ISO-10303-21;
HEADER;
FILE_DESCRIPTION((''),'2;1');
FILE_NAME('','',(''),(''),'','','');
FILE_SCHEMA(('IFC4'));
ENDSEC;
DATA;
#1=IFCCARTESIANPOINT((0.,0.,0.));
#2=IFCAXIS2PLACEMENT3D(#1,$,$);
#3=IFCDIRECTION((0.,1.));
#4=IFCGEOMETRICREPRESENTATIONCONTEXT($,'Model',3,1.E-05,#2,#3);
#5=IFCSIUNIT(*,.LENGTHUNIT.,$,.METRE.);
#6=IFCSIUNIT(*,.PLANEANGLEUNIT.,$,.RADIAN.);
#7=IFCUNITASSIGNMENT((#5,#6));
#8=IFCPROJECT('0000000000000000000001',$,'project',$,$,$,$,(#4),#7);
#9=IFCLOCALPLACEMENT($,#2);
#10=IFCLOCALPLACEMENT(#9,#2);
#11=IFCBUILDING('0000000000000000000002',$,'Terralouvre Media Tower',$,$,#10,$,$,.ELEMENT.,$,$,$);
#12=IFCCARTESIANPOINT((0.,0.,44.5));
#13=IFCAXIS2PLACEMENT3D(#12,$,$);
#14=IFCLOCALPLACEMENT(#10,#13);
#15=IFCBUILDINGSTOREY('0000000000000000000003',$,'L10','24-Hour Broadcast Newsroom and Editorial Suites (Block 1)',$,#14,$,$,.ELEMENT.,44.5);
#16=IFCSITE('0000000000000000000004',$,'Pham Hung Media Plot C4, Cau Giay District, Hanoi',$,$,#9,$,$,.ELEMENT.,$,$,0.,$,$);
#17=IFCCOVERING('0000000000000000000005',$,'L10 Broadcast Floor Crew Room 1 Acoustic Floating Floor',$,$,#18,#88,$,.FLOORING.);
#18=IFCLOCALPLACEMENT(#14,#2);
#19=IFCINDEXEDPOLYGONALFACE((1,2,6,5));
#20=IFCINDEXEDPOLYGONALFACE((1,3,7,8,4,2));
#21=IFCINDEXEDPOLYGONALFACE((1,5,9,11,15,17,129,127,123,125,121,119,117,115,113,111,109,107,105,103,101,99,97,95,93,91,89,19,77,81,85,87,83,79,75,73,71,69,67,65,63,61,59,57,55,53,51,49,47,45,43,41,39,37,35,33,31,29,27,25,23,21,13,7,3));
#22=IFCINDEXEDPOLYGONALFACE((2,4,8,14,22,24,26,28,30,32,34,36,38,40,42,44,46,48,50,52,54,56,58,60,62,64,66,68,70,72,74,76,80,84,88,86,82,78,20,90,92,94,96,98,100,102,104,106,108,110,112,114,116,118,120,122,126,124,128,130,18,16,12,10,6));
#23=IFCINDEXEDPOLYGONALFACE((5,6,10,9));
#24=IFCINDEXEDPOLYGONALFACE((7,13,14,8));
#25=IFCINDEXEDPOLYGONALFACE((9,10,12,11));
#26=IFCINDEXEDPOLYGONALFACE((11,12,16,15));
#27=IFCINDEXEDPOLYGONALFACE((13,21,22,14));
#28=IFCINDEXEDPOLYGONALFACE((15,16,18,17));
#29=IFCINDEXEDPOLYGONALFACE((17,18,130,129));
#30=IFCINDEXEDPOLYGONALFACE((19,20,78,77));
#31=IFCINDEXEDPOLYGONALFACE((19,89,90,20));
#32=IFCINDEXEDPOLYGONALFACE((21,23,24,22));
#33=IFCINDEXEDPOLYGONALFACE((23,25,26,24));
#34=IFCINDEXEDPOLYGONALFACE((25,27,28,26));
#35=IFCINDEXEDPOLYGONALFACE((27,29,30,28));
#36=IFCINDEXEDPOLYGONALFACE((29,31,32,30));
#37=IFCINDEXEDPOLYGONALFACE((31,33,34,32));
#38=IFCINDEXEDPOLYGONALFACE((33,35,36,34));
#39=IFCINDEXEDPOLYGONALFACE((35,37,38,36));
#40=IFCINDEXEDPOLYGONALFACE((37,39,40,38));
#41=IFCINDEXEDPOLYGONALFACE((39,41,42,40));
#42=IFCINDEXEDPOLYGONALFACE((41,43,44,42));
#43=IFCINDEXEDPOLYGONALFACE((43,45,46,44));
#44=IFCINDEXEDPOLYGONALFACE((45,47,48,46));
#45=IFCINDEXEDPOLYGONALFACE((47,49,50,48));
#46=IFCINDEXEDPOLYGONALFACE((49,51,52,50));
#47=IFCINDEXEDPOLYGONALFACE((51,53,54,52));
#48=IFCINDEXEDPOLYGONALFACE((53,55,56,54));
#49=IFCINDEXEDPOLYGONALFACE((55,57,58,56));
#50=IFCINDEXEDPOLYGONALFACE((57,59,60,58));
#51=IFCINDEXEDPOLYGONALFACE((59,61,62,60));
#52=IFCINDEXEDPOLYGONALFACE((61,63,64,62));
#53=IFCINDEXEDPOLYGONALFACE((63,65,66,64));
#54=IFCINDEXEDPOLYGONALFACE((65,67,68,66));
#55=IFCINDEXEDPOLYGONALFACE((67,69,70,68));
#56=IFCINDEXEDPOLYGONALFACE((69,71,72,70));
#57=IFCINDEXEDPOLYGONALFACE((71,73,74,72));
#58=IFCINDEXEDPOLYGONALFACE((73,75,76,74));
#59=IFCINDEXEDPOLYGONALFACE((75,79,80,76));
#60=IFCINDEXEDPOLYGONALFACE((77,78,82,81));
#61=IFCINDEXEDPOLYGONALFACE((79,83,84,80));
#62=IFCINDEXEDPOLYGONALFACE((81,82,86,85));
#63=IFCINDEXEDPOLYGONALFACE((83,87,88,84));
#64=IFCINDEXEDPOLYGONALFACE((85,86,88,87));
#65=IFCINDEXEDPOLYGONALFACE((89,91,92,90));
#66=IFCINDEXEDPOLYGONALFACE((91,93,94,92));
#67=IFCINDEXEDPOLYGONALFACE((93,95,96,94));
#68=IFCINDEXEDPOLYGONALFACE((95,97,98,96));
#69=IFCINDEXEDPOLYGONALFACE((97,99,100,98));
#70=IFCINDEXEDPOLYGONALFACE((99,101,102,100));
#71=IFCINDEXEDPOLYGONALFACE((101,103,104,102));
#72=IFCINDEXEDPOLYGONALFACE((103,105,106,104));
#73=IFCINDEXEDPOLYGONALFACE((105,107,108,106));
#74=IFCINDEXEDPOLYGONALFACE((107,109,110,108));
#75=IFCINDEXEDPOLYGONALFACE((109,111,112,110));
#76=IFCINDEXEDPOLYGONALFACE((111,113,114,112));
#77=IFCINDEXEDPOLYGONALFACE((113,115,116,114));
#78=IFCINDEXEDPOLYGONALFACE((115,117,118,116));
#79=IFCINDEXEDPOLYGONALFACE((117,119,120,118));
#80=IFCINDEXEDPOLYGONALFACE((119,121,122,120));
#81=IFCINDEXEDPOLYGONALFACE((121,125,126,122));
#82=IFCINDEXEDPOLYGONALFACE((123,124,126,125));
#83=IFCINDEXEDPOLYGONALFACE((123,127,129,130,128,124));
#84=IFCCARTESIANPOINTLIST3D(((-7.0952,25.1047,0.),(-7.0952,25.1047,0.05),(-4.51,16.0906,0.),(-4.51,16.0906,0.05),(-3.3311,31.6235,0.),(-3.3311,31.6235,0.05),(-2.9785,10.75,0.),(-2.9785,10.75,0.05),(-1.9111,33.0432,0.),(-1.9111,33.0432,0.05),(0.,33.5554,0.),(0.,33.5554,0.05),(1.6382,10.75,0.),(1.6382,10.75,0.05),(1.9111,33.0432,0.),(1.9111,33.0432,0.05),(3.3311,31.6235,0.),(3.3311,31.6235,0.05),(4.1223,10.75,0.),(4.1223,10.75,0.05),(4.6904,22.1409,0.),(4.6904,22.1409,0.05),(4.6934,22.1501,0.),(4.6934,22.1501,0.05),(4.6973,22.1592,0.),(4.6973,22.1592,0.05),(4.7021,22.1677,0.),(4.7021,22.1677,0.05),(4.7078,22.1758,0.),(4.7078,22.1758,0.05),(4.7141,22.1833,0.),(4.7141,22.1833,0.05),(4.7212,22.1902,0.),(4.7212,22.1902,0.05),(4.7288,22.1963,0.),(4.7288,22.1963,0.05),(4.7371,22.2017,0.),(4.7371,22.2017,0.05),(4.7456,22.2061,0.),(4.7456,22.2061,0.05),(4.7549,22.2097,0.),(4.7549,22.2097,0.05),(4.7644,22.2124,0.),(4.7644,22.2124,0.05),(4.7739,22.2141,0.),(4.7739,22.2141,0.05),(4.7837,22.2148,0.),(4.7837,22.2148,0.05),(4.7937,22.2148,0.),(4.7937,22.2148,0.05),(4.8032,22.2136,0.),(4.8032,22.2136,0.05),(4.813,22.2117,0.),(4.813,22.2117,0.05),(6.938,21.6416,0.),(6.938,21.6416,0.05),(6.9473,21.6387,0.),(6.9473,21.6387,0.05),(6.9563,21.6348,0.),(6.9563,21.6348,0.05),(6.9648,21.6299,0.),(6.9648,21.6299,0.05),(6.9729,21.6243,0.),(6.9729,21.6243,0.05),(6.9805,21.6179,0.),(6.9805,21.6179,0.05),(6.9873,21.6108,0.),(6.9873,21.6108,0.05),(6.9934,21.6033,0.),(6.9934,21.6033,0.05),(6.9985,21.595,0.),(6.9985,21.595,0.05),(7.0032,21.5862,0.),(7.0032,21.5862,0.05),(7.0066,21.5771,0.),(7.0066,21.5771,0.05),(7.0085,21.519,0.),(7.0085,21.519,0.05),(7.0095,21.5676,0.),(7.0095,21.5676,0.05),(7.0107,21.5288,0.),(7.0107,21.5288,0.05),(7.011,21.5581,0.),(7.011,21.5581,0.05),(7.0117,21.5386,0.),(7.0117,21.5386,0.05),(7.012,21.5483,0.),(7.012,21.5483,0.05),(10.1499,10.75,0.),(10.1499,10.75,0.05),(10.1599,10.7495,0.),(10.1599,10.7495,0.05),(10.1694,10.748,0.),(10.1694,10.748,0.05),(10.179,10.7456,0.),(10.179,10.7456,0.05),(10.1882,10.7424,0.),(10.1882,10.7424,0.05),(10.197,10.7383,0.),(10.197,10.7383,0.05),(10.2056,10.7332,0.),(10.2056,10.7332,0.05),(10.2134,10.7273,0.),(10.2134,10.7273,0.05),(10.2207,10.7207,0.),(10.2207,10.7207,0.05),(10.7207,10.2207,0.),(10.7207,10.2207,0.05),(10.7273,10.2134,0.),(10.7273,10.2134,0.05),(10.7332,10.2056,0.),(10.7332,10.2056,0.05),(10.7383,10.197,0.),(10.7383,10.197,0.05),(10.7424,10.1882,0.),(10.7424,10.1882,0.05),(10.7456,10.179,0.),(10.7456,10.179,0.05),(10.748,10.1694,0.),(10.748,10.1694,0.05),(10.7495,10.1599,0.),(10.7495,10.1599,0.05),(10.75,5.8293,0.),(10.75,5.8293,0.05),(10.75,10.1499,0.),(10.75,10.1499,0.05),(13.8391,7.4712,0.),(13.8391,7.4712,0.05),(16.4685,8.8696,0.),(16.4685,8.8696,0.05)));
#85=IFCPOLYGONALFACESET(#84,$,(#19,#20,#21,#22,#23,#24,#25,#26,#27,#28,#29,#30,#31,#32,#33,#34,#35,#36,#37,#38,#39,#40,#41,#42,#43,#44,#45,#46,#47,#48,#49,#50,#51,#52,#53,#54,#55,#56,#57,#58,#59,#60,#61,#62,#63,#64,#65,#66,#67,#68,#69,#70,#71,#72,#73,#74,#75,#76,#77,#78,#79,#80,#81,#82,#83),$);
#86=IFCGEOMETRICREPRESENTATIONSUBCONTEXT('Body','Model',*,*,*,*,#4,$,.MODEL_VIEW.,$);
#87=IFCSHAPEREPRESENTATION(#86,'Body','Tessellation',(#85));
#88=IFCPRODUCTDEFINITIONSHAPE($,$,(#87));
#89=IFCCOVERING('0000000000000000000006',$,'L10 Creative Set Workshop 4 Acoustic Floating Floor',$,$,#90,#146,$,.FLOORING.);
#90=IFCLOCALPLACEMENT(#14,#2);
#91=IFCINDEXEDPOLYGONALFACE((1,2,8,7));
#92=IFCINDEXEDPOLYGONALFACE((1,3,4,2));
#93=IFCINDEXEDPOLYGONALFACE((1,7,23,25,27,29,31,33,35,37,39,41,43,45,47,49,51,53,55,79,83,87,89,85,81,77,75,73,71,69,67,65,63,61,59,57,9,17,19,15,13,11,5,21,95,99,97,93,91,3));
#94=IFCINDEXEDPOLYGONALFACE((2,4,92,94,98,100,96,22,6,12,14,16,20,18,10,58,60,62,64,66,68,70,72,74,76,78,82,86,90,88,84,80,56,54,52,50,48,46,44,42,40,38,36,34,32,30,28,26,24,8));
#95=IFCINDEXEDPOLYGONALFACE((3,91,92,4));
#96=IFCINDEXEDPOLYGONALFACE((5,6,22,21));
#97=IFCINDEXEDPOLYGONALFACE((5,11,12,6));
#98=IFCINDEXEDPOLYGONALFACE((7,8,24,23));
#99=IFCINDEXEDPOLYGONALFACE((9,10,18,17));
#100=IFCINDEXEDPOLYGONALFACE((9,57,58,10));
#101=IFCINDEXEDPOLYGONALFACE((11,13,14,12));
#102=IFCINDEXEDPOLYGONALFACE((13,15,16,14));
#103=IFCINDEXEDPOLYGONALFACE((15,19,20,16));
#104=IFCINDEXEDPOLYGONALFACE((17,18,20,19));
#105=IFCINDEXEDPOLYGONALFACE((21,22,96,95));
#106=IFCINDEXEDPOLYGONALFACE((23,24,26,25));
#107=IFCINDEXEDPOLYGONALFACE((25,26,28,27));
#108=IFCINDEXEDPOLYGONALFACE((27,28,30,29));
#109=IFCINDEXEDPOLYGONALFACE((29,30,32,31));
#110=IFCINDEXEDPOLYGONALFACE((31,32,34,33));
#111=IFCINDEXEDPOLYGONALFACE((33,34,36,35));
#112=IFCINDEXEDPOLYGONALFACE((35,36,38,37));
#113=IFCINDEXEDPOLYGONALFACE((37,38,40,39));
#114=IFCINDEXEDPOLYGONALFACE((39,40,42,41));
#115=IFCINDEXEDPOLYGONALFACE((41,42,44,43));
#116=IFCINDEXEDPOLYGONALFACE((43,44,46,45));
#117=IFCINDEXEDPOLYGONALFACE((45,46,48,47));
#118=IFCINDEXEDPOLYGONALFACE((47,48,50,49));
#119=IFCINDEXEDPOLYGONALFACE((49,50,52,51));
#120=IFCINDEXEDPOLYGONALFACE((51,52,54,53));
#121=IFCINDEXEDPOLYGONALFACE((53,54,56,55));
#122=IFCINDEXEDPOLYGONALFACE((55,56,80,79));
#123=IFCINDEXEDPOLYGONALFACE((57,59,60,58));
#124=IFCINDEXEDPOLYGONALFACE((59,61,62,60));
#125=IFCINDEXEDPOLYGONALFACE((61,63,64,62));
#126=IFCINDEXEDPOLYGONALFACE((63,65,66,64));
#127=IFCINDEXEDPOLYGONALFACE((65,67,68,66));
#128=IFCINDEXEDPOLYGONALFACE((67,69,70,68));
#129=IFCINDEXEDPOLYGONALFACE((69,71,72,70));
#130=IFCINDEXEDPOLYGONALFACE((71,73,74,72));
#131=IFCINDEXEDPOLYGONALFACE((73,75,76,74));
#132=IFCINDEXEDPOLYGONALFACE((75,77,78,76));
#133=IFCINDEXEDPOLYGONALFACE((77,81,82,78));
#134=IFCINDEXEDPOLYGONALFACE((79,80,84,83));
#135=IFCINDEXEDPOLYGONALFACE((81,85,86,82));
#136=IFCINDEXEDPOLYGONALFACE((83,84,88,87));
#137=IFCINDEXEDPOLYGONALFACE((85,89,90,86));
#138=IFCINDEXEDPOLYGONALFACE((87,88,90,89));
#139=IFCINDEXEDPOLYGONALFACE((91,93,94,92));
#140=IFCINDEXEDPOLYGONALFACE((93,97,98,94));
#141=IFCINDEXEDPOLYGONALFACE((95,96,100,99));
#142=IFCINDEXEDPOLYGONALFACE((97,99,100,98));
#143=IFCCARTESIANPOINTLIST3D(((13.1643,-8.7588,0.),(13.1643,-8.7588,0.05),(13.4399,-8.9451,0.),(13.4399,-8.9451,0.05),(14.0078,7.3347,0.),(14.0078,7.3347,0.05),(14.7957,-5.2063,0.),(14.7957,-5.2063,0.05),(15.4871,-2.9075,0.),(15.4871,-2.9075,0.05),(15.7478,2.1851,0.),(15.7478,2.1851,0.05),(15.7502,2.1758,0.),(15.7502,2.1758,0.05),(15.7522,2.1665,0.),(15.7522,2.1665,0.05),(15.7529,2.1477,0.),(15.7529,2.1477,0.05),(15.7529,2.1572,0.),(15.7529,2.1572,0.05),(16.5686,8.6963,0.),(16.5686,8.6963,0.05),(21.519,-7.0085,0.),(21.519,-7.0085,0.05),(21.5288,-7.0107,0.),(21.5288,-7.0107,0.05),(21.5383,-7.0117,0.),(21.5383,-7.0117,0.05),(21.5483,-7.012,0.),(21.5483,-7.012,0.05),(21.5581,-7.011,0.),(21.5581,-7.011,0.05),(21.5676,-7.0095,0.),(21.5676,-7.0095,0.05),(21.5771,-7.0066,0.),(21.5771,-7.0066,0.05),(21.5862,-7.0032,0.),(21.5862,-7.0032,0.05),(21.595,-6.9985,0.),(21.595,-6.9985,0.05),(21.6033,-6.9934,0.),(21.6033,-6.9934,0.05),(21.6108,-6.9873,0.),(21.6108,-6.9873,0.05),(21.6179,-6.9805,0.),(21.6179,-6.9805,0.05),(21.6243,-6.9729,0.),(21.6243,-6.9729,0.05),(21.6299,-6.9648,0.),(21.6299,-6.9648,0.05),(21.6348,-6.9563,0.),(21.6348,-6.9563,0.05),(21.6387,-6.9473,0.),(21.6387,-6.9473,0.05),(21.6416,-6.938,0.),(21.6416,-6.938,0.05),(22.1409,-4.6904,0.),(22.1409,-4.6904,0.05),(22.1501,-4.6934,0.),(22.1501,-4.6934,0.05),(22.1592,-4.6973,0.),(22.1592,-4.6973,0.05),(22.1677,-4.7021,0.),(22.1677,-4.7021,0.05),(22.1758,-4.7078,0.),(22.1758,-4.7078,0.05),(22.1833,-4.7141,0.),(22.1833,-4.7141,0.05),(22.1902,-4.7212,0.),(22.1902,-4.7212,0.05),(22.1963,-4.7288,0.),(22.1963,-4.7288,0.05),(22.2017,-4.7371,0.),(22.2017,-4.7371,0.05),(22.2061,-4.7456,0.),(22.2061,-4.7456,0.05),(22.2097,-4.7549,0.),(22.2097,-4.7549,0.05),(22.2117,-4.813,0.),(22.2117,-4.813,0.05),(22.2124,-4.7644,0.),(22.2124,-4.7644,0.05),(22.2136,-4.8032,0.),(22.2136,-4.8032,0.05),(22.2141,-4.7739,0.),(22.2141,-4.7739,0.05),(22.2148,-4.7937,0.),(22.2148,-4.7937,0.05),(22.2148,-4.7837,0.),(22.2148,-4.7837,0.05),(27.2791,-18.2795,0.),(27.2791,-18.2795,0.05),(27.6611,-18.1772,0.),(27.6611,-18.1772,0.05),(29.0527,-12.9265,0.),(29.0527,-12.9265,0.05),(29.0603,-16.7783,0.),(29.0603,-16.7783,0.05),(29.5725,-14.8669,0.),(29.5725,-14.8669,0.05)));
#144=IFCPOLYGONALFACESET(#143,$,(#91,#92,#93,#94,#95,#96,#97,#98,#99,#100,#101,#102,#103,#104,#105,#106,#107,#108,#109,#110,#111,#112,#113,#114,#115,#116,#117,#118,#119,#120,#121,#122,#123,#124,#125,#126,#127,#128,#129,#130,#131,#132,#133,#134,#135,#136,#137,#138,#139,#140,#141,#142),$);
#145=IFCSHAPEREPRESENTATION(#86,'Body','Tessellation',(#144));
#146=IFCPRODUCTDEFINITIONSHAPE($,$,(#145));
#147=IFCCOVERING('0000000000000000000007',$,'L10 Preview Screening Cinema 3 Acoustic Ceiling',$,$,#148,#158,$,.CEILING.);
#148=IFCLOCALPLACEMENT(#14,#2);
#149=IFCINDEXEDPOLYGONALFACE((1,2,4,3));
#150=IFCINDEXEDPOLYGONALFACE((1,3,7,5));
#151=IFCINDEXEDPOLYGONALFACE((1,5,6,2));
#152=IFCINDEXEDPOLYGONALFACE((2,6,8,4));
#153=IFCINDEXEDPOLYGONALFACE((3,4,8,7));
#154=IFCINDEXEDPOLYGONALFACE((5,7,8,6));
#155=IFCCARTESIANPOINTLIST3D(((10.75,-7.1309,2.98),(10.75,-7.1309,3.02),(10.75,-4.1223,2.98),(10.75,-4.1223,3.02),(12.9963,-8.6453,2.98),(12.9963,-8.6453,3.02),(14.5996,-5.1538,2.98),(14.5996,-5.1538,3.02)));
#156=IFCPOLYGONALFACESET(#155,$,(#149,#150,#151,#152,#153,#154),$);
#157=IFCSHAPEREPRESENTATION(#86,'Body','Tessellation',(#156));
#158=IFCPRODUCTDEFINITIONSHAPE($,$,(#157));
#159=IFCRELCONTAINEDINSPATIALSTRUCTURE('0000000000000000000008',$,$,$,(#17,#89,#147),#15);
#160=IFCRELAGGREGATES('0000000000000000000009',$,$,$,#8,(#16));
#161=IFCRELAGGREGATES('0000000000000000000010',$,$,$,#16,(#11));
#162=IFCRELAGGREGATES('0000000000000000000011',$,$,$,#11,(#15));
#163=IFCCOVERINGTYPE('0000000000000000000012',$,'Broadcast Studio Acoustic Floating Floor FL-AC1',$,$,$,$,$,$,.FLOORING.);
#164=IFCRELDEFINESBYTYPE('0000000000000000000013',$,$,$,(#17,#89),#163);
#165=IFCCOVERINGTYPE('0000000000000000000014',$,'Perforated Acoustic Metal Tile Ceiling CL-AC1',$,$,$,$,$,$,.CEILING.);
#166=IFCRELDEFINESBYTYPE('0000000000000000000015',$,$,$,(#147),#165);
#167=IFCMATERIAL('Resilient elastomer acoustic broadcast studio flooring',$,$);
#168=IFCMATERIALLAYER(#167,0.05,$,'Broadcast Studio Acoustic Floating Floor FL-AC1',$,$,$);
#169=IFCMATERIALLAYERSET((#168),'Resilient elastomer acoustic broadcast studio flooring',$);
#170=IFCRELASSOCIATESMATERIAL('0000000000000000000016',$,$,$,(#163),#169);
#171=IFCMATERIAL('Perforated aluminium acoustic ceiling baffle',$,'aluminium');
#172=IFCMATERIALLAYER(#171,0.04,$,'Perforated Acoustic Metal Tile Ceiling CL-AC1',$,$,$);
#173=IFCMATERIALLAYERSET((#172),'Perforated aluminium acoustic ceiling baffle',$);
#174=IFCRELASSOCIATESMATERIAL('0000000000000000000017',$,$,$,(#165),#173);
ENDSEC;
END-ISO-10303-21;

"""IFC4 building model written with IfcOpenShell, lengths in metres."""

from ifc_helpers import new_model, si_unit, direction, frame, origin, place, context, subcontext, project, spatial, polyline, outline, extrude, material, layer, layer_set, type_object, element, save


model = new_model("IFC4")

# Units and contexts
model_context = context("Model", 3, precision=1e-05, world=origin(), true_north=direction((0.0, 1.0)))
body_context = subcontext(model_context, "Body", "Model", "MODEL_VIEW")
ifc_project = project(units=[si_unit("LENGTHUNIT", "METRE"), si_unit("PLANEANGLEUNIT", "RADIAN")], contexts=[model_context])

# Site, building, storey
site_placement = place(None, origin())
site = spatial("IfcSite", under=ifc_project, at=site_placement, Name="Pham Hung Media Plot C4, Cau Giay District, Hanoi", CompositionType="ELEMENT", RefElevation=0.0)
building_placement = place(site_placement, origin())
building = spatial("IfcBuilding", under=site, at=building_placement, Name="Terralouvre Media Tower", CompositionType="ELEMENT")
storey_placement = place(building_placement, frame((0.0, 0.0, 44.5)))
storey = spatial("IfcBuildingStorey", under=building, at=storey_placement, Name="L10", Description="24-Hour Broadcast Newsroom and Editorial Suites (Block 1)", CompositionType="ELEMENT", Elevation=44.5)

# Coverings
ifc_material_1 = material(Name="Resilient elastomer acoustic broadcast studio flooring")
ifc_layer_1 = layer(ifc_material_1, 0.05, Name="Broadcast Studio Acoustic Floating Floor FL-AC1")
ifc_layer_set_1 = layer_set([ifc_layer_1], Name="Resilient elastomer acoustic broadcast studio flooring")
covering_type_1 = type_object("IfcCoveringType", Name="Broadcast Studio Acoustic Floating Floor FL-AC1", PredefinedType="FLOORING", material=ifc_layer_set_1)
covering_1_placement = place(storey_placement, origin())
element("IfcCovering", 1, at=covering_1_placement, inside=storey, type_object=covering_type_1, Name="L10 Broadcast Floor Crew Room 1 Acoustic Floating Floor", PredefinedType="FLOORING", context=body_context, shape_type="SweptSolid", body=[
    extrude(outline(polyline([(-2.9785, 10.75), (1.6382, 10.75), (4.6904, 22.1409), (4.6934, 22.1501), (4.6973, 22.1592), (4.7021, 22.1677), (4.7078, 22.1758), (4.7141, 22.1833), (4.7212, 22.1902), (4.7288, 22.1963), (4.7371, 22.2017), (4.7456, 22.2061), (4.7549, 22.2097), (4.7644, 22.2124), (4.7739, 22.2141), (4.7837, 22.2148), (4.7937, 22.2148), (4.8032, 22.2136), (4.813, 22.2117), (6.938, 21.6416), (6.9473, 21.6387), (6.9563, 21.6348), (6.9648, 21.6299), (6.9729, 21.6243), (6.9805, 21.6179), (6.9873, 21.6108), (6.9934, 21.6033), (6.9985, 21.595), (7.0032, 21.5862), (7.0066, 21.5771), (7.0095, 21.5676), (7.011, 21.5581), (7.012, 21.5483), (7.0117, 21.5386), (7.0107, 21.5288), (7.0085, 21.519), (4.1223, 10.75), (10.1499, 10.75), (10.1599, 10.7495), (10.1694, 10.748), (10.179, 10.7456), (10.1882, 10.7424), (10.197, 10.7383), (10.2056, 10.7332), (10.2134, 10.7273), (10.2207, 10.7207), (10.7207, 10.2207), (10.7273, 10.2134), (10.7332, 10.2056), (10.7383, 10.197), (10.7424, 10.1882), (10.7456, 10.179), (10.748, 10.1694), (10.7495, 10.1599), (10.75, 10.1499), (10.75, 5.8293), (13.8391, 7.4712), (16.4685, 8.8696), (3.3311, 31.6235), (1.9111, 33.0432), (0.0, 33.5554), (-1.9111, 33.0432), (-3.3311, 31.6235), (-7.0952, 25.1047), (-4.51, 16.0906), (-2.9785, 10.75)])), origin(), (0.0, 0.0, 1.0), 0.05),
])
covering_2_placement = place(storey_placement, origin())
element("IfcCovering", 2, at=covering_2_placement, inside=storey, type_object=covering_type_1, Name="L10 Creative Set Workshop 4 Acoustic Floating Floor", PredefinedType="FLOORING", context=body_context, shape_type="SweptSolid", body=[
    extrude(outline(polyline([(15.7478, 2.1851), (15.7502, 2.1758), (15.7522, 2.1665), (15.7529, 2.1572), (15.7529, 2.1477), (15.4871, -2.9075), (22.1409, -4.6904), (22.1501, -4.6934), (22.1592, -4.6973), (22.1677, -4.7021), (22.1758, -4.7078), (22.1833, -4.7141), (22.1902, -4.7212), (22.1963, -4.7288), (22.2017, -4.7371), (22.2061, -4.7456), (22.2097, -4.7549), (22.2124, -4.7644), (22.2141, -4.7739), (22.2148, -4.7837), (22.2148, -4.7937), (22.2136, -4.8032), (22.2117, -4.813), (21.6416, -6.938), (21.6387, -6.9473), (21.6348, -6.9563), (21.6299, -6.9648), (21.6243, -6.9729), (21.6179, -6.9805), (21.6108, -6.9873), (21.6033, -6.9934), (21.595, -6.9985), (21.5862, -7.0032), (21.5771, -7.0066), (21.5676, -7.0095), (21.5581, -7.011), (21.5483, -7.012), (21.5383, -7.0117), (21.5288, -7.0107), (21.519, -7.0085), (14.7957, -5.2063), (13.1643, -8.7588), (13.4399, -8.9451), (27.2791, -18.2795), (27.6611, -18.1772), (29.0603, -16.7783), (29.5725, -14.8669), (29.0527, -12.9265), (16.5686, 8.6963), (14.0078, 7.3347), (15.7478, 2.1851)])), origin(), (0.0, 0.0, 1.0), 0.05),
])
ifc_material_2 = material(Name="Perforated aluminium acoustic ceiling baffle", Category="aluminium")
ifc_layer_2 = layer(ifc_material_2, 0.04, Name="Perforated Acoustic Metal Tile Ceiling CL-AC1")
ifc_layer_set_2 = layer_set([ifc_layer_2], Name="Perforated aluminium acoustic ceiling baffle")
covering_type_2 = type_object("IfcCoveringType", Name="Perforated Acoustic Metal Tile Ceiling CL-AC1", PredefinedType="CEILING", material=ifc_layer_set_2)
covering_3_placement = place(storey_placement, frame((0.0, 0.0, 2.98)))
element("IfcCovering", 3, at=covering_3_placement, inside=storey, type_object=covering_type_2, Name="L10 Preview Screening Cinema 3 Acoustic Ceiling", PredefinedType="CEILING", context=body_context, shape_type="SweptSolid", body=[
    extrude(outline(polyline([(14.5996, -5.1538), (10.75, -4.1223), (10.75, -7.1309), (12.9963, -8.6453), (14.5996, -5.1538)])), origin(), (0.0, 0.0, 1.0), 0.04),
])

save(model, "model.ifc")
